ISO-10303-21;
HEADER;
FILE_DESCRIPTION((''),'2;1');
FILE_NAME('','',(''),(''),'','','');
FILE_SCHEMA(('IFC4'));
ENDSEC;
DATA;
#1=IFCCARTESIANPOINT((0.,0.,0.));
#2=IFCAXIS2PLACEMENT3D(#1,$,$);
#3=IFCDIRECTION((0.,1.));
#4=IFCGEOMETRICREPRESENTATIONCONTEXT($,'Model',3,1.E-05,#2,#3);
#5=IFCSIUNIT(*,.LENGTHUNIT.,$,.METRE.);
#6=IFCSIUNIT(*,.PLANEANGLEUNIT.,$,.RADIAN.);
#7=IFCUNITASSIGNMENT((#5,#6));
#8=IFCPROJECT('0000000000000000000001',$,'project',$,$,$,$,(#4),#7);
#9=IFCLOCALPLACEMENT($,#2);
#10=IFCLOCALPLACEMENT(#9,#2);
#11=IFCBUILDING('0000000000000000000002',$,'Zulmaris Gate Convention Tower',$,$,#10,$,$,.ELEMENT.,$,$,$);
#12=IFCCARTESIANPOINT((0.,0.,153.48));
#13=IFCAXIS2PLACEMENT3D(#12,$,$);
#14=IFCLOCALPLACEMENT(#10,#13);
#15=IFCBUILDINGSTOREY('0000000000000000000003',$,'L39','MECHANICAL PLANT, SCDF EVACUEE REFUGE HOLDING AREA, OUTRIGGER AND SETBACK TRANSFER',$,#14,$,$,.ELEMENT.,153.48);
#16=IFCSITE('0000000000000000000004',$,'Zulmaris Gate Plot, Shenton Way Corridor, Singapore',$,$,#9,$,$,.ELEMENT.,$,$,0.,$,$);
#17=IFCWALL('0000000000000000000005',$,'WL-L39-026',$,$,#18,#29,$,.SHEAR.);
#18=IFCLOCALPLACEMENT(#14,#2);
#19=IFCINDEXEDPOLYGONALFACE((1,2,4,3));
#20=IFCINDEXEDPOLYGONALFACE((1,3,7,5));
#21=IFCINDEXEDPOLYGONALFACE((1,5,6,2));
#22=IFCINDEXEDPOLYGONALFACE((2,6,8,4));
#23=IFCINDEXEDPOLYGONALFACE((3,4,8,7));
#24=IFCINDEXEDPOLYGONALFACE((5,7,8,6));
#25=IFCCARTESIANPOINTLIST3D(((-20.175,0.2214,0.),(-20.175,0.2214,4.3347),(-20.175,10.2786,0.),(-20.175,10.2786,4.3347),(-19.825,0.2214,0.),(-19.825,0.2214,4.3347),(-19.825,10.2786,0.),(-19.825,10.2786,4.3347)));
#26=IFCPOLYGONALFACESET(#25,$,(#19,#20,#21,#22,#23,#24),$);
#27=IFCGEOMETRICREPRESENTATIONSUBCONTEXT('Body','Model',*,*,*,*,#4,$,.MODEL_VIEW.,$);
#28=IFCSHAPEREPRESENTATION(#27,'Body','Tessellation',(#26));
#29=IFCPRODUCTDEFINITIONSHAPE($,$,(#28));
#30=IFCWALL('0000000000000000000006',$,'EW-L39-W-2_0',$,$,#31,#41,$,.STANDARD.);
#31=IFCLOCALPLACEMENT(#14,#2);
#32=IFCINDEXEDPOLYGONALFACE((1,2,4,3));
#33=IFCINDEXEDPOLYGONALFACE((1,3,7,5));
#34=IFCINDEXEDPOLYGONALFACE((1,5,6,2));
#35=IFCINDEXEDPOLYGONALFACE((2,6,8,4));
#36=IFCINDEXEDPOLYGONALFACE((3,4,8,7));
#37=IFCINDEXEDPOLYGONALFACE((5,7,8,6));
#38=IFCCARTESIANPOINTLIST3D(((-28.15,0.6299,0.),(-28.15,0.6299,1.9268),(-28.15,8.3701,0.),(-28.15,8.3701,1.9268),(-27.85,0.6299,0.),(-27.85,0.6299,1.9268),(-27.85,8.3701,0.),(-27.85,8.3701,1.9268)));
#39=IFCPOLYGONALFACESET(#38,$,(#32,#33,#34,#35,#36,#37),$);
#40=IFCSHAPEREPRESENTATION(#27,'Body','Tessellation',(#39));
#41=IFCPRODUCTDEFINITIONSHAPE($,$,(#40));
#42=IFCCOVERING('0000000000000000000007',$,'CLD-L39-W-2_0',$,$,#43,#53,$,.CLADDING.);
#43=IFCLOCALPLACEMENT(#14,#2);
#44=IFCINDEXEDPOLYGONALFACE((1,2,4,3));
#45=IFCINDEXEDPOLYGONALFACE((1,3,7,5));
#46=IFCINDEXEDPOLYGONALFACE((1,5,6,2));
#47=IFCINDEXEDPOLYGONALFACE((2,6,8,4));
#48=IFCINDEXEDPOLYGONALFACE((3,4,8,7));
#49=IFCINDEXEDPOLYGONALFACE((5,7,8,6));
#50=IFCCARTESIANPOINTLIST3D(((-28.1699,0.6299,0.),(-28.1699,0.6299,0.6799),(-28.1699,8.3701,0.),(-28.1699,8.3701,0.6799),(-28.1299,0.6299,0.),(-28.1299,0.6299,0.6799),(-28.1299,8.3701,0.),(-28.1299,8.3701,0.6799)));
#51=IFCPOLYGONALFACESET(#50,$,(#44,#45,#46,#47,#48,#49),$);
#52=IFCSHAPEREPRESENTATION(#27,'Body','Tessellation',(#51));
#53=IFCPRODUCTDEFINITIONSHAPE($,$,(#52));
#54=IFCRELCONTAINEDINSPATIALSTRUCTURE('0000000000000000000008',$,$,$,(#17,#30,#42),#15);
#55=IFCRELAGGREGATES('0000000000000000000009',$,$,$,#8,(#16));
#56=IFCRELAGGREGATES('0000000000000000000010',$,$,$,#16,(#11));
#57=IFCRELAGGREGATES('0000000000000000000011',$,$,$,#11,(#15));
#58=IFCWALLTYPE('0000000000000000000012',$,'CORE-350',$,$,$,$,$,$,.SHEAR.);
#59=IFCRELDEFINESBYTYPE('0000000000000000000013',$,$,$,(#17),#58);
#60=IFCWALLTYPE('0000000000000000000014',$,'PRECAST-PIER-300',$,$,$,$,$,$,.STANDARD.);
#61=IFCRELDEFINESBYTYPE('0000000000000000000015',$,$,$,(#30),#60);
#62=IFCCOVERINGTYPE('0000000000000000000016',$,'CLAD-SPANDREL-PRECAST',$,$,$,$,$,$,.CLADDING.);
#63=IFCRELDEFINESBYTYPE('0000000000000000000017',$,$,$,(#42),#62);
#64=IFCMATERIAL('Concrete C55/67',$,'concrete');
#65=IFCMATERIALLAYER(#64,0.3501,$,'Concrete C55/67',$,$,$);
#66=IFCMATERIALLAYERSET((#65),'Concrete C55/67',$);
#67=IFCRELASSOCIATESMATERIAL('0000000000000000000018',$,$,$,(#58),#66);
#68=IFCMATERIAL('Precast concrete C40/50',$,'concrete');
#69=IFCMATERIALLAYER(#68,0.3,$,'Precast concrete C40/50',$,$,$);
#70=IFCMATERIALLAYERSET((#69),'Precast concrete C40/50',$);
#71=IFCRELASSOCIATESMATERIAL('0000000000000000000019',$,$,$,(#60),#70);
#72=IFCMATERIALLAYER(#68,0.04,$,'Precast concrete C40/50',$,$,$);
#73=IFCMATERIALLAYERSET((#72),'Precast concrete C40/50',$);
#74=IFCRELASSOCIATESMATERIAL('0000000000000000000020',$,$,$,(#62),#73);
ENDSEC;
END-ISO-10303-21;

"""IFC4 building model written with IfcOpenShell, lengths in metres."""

from ifc_helpers import new_model, si_unit, direction, frame, frame_2d, origin, place, context, subcontext, project, spatial, rectangle, extrude, material, layer, layer_set, type_object, element, save


model = new_model("IFC4")

# Units and contexts
model_context = context("Model", 3, precision=1e-05, world=origin(), true_north=direction((0.0, 1.0)))
body_context = subcontext(model_context, "Body", "Model", "MODEL_VIEW")
ifc_project = project(units=[si_unit("LENGTHUNIT", "METRE"), si_unit("PLANEANGLEUNIT", "RADIAN")], contexts=[model_context])

# Site, building, storey
site_placement = place(None, origin())
site = spatial("IfcSite", under=ifc_project, at=site_placement, Name="Zulmaris Gate Plot, Shenton Way Corridor, Singapore", CompositionType="ELEMENT", RefElevation=0.0)
building_placement = place(site_placement, origin())
building = spatial("IfcBuilding", under=site, at=building_placement, Name="Zulmaris Gate Convention Tower", CompositionType="ELEMENT")
storey_placement = place(building_placement, frame((0.0, 0.0, 153.48)))
storey = spatial("IfcBuildingStorey", under=building, at=storey_placement, Name="L39", Description="MECHANICAL PLANT, SCDF EVACUEE REFUGE HOLDING AREA, OUTRIGGER AND SETBACK TRANSFER", CompositionType="ELEMENT", Elevation=153.48)

# Walls
ifc_material_1 = material(Name="Concrete C55/67", Category="concrete")
ifc_layer_1 = layer(ifc_material_1, 0.3501, Name="Concrete C55/67")
ifc_layer_set_1 = layer_set([ifc_layer_1], Name="Concrete C55/67")
wall_type_1 = type_object("IfcWallType", Name="CORE-350", PredefinedType="SHEAR", material=ifc_layer_set_1)
wall_1_placement = place(storey_placement, frame((-20.0, 0.2214, 0.0), z_axis=(0.0, 0.0, 1.0), x_axis=(0.0, 1.0, 0.0)))
element("IfcWall", 1, at=wall_1_placement, inside=storey, type_object=wall_type_1, Name="WL-L39-026", PredefinedType="SHEAR", context=body_context, shape_type="SweptSolid", body=[
    extrude(rectangle(XDim=10.0571, YDim=0.3501, at=frame_2d((5.0286, 0.0))), origin(), (0.0, 0.0, 1.0), 4.3347),
])
ifc_material_2 = material(Name="Precast concrete C40/50", Category="concrete")
ifc_layer_2 = layer(ifc_material_2, 0.3, Name="Precast concrete C40/50")
ifc_layer_set_2 = layer_set([ifc_layer_2], Name="Precast concrete C40/50")
wall_type_2 = type_object("IfcWallType", Name="PRECAST-PIER-300", PredefinedType="STANDARD", material=ifc_layer_set_2)
wall_2_placement = place(storey_placement, frame((-28.0, 8.3701, 0.0), z_axis=(0.0, 0.0, 1.0), x_axis=(0.0, -1.0, 0.0)))
element("IfcWall", 2, at=wall_2_placement, inside=storey, type_object=wall_type_2, Name="EW-L39-W-2_0", PredefinedType="STANDARD", context=body_context, shape_type="SweptSolid", body=[
    extrude(rectangle(XDim=7.7402, YDim=0.3, at=frame_2d((3.8701, 0.0))), origin(), (0.0, 0.0, 1.0), 1.9268),
])

# Covering
ifc_layer_3 = layer(ifc_material_2, 0.04, Name="Precast concrete C40/50")
ifc_layer_set_3 = layer_set([ifc_layer_3], Name="Precast concrete C40/50")
covering_type = type_object("IfcCoveringType", Name="CLAD-SPANDREL-PRECAST", PredefinedType="CLADDING", material=ifc_layer_set_3)
covering_placement = place(storey_placement, frame((-28.1499, 8.3701, 0.0), z_axis=(0.0, 0.0, 1.0), x_axis=(0.0, -1.0, 0.0)))
element("IfcCovering", 3, at=covering_placement, inside=storey, type_object=covering_type, Name="CLD-L39-W-2_0", PredefinedType="CLADDING", context=body_context, shape_type="SweptSolid", body=[
    extrude(rectangle(XDim=7.7402, YDim=0.04, at=frame_2d((3.8701, 0.0))), origin(), (0.0, 0.0, 1.0), 0.6799),
])

save(model, "model.ifc")
